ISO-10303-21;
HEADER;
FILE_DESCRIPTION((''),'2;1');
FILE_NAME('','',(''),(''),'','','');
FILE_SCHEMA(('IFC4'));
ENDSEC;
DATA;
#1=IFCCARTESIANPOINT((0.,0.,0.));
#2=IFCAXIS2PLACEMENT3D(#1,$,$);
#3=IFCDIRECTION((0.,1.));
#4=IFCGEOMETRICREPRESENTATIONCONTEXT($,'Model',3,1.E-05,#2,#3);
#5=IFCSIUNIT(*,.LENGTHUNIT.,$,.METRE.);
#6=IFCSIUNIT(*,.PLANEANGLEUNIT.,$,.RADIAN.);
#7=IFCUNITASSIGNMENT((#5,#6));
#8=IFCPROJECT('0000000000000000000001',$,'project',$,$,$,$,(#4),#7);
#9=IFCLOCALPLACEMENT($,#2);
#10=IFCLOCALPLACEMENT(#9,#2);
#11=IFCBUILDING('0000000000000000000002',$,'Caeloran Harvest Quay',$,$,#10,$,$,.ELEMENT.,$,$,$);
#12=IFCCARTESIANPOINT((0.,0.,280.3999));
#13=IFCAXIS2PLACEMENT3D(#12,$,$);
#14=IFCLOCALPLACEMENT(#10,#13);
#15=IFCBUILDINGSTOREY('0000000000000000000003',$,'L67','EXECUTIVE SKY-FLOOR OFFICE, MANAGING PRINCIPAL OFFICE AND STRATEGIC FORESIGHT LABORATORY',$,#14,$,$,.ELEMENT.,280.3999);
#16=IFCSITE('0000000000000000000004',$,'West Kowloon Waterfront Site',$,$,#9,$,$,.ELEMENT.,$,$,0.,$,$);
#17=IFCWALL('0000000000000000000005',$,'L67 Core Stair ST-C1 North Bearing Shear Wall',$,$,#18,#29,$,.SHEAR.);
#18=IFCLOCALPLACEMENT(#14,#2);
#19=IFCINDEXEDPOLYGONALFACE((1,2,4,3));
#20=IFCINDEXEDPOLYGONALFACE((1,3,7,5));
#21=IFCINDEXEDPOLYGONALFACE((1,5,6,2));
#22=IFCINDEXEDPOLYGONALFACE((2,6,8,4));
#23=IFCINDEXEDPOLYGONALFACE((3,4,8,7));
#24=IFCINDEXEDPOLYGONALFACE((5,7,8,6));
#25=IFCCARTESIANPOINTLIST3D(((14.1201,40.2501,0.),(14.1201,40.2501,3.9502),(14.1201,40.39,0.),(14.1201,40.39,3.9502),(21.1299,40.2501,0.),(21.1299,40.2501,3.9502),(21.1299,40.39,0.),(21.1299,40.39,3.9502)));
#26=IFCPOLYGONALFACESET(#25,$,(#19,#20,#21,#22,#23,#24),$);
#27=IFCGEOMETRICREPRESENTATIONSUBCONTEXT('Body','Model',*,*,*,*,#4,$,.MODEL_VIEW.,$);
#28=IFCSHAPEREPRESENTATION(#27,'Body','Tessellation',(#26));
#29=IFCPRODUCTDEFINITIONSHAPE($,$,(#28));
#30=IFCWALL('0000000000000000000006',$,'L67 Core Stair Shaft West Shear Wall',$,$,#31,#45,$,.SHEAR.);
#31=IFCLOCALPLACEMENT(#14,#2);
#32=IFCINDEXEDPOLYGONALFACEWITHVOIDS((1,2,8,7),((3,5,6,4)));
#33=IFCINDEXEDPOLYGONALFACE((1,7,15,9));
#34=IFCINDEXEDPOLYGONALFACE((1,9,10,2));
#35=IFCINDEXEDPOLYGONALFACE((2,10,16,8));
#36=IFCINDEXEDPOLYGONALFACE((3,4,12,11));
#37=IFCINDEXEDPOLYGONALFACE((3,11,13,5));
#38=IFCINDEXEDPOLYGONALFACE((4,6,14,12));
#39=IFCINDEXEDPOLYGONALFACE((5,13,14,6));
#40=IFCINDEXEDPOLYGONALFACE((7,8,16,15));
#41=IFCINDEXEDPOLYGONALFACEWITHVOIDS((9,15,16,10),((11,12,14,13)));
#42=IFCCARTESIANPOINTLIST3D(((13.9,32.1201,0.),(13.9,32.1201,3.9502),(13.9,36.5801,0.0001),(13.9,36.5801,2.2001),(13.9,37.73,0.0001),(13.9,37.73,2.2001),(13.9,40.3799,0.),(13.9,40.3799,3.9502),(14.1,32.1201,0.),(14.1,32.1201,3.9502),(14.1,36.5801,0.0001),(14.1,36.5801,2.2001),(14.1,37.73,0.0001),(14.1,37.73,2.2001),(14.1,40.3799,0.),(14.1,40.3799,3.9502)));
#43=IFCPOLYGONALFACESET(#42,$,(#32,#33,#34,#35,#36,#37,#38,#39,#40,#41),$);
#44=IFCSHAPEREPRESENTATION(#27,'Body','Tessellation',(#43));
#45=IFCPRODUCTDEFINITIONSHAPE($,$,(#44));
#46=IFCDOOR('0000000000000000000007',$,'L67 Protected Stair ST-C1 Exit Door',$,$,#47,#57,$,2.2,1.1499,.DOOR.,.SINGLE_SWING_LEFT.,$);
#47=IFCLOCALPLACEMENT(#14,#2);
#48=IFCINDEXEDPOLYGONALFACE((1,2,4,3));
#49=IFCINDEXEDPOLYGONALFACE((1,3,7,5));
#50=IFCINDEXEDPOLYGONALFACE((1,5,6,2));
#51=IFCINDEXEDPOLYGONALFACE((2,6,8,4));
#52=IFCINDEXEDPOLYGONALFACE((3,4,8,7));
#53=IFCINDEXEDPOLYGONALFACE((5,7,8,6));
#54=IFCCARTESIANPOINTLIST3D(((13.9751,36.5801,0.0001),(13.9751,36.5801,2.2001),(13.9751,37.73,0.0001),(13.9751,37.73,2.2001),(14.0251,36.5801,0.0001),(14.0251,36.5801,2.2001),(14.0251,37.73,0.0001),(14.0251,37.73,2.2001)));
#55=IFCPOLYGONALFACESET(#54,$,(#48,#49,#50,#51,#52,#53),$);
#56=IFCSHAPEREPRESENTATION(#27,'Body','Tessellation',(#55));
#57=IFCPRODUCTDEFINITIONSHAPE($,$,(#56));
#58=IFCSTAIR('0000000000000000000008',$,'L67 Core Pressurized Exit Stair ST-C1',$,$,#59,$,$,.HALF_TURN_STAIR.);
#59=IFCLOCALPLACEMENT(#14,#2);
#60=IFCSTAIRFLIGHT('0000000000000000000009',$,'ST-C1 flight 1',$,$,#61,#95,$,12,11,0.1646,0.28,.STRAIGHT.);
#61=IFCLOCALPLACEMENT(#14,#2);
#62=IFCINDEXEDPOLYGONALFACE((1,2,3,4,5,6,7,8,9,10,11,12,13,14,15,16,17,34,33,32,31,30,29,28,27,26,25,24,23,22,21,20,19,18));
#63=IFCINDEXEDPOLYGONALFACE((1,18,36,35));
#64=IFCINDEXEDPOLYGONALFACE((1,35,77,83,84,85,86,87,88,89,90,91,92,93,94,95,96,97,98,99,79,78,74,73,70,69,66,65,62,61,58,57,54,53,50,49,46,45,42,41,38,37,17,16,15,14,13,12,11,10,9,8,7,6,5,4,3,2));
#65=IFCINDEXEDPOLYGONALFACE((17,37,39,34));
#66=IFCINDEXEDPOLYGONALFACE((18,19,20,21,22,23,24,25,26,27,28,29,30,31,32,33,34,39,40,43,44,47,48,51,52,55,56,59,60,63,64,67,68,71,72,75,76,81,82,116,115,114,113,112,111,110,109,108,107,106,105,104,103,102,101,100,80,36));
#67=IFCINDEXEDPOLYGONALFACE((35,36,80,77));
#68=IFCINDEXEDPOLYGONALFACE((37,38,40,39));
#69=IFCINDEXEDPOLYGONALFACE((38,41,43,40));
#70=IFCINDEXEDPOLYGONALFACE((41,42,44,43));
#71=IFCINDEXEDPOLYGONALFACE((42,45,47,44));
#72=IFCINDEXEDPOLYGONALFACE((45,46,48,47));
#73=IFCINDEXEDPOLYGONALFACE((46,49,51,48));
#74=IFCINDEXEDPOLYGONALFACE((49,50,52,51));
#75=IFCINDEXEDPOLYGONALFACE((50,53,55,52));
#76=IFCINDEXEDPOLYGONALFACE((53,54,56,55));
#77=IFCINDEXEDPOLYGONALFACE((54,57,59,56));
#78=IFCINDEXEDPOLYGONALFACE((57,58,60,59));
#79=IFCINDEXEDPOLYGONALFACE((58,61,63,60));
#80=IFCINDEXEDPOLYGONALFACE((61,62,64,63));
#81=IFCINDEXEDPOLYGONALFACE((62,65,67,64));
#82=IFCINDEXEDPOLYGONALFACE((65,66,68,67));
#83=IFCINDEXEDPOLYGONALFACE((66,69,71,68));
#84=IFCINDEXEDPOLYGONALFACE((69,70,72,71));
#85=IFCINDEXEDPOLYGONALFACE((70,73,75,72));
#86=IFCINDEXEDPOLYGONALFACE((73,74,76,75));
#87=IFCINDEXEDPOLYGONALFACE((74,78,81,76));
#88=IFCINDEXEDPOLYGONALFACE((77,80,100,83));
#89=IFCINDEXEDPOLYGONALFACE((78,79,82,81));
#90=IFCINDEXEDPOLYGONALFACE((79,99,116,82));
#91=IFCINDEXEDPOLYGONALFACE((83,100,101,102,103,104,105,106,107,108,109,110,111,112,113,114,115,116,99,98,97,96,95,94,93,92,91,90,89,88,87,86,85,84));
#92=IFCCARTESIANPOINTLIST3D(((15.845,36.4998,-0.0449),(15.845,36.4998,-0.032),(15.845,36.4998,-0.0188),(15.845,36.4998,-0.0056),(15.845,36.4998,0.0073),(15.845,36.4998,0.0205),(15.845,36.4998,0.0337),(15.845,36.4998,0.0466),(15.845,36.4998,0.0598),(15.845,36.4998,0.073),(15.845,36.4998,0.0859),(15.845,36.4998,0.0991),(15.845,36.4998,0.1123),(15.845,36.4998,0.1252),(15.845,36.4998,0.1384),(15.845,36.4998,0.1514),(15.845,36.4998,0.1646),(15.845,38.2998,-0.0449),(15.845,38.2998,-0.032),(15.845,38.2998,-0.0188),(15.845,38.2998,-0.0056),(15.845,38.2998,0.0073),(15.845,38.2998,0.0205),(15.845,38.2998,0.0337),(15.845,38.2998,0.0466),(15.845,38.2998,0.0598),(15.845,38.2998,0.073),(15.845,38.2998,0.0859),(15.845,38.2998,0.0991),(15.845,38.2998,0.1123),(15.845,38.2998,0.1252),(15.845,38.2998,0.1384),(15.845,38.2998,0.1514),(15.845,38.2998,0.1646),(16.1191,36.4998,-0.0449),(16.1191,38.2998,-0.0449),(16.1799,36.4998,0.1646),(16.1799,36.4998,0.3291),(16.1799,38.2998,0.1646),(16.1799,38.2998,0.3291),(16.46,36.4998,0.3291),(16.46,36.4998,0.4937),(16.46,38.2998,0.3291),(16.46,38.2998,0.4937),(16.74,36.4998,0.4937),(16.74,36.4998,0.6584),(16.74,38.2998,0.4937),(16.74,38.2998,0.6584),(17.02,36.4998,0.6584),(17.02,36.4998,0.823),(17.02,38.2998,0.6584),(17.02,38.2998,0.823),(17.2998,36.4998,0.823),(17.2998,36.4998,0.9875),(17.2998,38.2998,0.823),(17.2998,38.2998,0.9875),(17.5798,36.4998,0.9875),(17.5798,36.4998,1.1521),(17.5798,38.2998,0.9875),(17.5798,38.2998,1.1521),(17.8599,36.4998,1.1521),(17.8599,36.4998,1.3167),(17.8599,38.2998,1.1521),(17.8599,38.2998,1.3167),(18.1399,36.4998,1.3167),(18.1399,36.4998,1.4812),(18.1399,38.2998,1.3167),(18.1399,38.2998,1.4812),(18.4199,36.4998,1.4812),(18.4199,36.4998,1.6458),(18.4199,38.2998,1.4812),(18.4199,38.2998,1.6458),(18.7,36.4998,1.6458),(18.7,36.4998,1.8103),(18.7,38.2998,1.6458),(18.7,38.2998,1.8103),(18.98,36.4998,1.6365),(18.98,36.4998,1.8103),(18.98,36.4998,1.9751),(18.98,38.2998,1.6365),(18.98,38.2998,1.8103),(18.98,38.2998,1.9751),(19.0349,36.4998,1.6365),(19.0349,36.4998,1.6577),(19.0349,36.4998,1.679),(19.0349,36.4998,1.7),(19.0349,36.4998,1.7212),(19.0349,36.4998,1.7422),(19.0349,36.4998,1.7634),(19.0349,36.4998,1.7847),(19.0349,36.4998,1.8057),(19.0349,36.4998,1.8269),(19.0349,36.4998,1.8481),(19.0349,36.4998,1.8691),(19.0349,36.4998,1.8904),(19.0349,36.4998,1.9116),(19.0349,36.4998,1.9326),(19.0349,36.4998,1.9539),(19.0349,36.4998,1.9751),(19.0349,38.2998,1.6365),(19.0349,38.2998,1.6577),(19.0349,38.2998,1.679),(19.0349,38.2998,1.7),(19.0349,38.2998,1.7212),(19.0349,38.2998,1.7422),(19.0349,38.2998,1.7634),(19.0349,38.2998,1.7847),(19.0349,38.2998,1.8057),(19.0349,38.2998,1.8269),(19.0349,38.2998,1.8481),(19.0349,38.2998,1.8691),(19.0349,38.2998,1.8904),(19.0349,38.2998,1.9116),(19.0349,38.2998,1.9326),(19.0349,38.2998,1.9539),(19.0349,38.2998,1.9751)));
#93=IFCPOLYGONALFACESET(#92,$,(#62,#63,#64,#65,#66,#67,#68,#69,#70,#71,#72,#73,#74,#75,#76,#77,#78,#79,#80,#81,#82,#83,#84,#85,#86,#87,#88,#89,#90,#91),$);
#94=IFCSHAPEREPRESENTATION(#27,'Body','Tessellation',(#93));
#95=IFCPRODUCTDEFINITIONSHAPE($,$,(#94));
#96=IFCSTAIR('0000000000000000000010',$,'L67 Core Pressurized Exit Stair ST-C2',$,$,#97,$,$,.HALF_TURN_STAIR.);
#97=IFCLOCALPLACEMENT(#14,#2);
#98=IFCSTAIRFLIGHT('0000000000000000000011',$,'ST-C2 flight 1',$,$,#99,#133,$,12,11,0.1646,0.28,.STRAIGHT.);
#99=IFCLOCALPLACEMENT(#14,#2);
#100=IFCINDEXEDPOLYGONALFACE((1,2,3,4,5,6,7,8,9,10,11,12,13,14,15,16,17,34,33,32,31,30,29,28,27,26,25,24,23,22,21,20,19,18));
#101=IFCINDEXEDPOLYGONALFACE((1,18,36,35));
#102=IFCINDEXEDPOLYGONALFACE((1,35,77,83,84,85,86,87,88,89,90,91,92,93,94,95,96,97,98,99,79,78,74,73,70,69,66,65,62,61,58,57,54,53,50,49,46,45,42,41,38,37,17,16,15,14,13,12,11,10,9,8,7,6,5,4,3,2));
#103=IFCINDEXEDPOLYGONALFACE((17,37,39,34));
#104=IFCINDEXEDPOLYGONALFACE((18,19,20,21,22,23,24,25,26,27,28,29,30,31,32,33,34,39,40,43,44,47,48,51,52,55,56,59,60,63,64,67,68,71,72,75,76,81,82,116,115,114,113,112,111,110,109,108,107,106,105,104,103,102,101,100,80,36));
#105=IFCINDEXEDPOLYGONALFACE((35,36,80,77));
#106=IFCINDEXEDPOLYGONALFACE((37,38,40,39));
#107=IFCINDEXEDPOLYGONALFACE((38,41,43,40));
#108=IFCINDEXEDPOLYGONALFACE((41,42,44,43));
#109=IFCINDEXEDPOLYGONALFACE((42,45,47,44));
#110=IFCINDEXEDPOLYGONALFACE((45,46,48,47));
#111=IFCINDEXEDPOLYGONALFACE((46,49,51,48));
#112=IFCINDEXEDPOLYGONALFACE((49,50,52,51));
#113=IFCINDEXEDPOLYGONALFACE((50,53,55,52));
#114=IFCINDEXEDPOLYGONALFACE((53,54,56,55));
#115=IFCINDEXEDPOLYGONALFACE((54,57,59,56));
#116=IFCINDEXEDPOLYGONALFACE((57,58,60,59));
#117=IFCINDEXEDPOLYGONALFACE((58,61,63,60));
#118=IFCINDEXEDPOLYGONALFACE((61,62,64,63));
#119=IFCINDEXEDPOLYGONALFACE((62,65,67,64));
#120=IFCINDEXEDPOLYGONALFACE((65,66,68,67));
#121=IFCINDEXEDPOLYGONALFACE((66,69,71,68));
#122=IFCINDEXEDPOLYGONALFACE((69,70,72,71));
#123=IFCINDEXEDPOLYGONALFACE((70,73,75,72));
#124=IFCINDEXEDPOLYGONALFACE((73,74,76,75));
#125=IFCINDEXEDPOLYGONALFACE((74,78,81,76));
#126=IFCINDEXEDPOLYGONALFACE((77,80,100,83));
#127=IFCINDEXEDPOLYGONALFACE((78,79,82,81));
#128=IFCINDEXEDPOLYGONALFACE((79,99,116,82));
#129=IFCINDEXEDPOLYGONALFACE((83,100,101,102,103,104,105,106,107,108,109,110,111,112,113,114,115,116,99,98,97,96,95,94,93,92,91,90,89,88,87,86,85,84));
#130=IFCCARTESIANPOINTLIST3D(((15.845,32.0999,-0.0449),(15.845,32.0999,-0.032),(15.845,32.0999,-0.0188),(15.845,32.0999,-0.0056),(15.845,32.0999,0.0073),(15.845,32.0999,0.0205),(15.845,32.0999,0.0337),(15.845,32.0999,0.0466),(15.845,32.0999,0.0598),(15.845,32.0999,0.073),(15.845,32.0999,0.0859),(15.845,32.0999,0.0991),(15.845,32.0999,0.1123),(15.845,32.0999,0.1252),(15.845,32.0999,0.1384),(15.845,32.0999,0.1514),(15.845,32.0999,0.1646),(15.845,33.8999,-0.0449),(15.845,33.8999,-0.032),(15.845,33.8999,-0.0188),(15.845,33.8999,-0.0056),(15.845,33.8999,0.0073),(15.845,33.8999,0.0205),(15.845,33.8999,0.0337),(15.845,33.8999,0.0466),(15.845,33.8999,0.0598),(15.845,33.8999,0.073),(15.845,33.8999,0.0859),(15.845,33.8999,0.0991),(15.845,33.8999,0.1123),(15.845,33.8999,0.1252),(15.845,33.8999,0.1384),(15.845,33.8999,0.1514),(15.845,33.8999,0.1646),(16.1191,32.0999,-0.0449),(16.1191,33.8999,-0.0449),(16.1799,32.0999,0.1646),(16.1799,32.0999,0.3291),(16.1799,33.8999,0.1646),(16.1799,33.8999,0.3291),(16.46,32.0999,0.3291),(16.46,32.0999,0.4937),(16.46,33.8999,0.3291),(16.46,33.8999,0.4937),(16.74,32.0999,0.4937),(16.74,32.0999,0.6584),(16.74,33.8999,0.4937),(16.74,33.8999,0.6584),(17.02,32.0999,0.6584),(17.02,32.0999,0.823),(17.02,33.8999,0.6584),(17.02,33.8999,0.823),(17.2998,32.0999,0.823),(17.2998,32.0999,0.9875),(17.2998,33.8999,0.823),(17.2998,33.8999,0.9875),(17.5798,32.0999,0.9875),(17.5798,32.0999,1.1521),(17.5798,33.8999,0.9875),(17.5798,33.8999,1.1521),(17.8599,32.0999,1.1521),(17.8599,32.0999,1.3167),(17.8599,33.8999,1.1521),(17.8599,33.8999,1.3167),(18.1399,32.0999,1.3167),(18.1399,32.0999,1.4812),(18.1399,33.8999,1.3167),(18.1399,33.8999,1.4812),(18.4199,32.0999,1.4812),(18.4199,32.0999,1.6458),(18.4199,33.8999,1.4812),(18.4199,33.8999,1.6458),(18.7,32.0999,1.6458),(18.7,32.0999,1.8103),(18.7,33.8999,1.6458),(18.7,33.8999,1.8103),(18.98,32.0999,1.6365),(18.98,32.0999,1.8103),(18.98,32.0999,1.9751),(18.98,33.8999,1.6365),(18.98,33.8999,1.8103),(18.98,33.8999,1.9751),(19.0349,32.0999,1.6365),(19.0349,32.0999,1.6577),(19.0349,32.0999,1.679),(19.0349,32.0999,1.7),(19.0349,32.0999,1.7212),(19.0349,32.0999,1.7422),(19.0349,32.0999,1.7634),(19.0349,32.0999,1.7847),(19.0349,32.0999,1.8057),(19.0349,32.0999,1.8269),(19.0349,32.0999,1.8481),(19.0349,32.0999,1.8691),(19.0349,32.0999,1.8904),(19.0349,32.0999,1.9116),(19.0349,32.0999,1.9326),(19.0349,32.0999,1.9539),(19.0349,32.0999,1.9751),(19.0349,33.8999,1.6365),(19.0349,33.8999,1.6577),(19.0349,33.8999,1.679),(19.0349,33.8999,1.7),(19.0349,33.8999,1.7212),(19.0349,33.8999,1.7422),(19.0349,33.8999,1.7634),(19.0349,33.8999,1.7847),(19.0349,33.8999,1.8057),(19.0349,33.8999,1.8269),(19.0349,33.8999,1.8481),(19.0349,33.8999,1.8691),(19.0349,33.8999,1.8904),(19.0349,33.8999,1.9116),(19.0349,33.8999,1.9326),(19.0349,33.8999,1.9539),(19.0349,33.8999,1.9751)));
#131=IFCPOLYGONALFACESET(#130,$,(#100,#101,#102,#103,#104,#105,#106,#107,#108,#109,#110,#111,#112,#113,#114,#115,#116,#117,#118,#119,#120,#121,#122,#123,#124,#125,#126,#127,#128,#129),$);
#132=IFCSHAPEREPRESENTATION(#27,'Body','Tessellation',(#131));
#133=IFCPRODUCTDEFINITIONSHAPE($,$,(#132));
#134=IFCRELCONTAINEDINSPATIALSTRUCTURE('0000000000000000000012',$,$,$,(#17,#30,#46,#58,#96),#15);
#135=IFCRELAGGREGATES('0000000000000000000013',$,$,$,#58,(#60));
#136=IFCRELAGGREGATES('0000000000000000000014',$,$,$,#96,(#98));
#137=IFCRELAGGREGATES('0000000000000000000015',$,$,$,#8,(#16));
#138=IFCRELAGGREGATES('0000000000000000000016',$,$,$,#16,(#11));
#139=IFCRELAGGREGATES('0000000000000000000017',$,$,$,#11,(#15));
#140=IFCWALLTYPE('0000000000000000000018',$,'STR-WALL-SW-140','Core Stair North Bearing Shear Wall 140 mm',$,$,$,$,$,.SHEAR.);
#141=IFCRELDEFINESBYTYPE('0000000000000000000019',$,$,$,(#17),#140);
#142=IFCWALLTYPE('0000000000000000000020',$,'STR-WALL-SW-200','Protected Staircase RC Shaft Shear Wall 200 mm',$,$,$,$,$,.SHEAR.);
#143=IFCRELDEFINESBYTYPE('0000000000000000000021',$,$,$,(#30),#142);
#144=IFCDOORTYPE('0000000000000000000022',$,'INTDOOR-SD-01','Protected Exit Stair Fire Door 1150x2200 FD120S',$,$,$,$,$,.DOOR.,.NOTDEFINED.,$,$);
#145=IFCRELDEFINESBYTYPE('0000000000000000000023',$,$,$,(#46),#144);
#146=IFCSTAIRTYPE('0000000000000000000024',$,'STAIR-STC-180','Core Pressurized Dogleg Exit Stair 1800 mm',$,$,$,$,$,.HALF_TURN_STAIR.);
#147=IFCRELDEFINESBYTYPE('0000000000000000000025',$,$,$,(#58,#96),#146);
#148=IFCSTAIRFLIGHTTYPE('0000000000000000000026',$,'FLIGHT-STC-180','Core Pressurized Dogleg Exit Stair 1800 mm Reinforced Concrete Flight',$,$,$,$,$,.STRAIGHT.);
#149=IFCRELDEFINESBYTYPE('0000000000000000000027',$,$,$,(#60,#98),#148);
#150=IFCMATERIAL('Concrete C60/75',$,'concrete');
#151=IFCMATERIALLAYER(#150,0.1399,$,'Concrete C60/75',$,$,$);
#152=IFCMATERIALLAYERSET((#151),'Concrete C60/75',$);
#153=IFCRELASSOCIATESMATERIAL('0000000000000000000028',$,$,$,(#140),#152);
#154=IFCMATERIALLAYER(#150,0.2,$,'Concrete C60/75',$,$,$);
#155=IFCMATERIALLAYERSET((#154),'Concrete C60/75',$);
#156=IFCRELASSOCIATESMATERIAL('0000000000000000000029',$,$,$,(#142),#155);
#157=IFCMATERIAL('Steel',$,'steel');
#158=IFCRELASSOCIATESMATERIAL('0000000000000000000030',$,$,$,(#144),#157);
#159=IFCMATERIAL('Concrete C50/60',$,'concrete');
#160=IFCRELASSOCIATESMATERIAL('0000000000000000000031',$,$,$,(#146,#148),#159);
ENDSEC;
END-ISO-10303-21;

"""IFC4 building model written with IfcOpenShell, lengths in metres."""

from ifc_helpers import new_model, si_unit, direction, frame, frame_2d, origin, place, context, subcontext, project, spatial, polyline, rectangle, outline, extrude, material, layer, layer_set, type_object, element, fill, aggregate, save


model = new_model("IFC4")

# Units and contexts
model_context = context("Model", 3, precision=1e-05, world=origin(), true_north=direction((0.0, 1.0)))
body_context = subcontext(model_context, "Body", "Model", "MODEL_VIEW")
ifc_project = project(units=[si_unit("LENGTHUNIT", "METRE"), si_unit("PLANEANGLEUNIT", "RADIAN")], contexts=[model_context])

# Site, building, storey
site_placement = place(None, origin())
site = spatial("IfcSite", under=ifc_project, at=site_placement, Name="West Kowloon Waterfront Site", CompositionType="ELEMENT", RefElevation=0.0)
building_placement = place(site_placement, origin())
building = spatial("IfcBuilding", under=site, at=building_placement, Name="Caeloran Harvest Quay", CompositionType="ELEMENT")
storey_placement = place(building_placement, frame((0.0, 0.0, 280.3999)))
storey = spatial("IfcBuildingStorey", under=building, at=storey_placement, Name="L67", Description="EXECUTIVE SKY-FLOOR OFFICE, MANAGING PRINCIPAL OFFICE AND STRATEGIC FORESIGHT LABORATORY", CompositionType="ELEMENT", Elevation=280.3999)

# Wall
ifc_material_1 = material(Name="Concrete C60/75", Category="concrete")
ifc_layer_1 = layer(ifc_material_1, 0.1399, Name="Concrete C60/75")
ifc_layer_set_1 = layer_set([ifc_layer_1], Name="Concrete C60/75")
wall_type_1 = type_object("IfcWallType", Name="STR-WALL-SW-140", Description="Core Stair North Bearing Shear Wall 140 mm", PredefinedType="SHEAR", material=ifc_layer_set_1)
wall_1_placement = place(storey_placement, frame((14.1201, 40.3201, 0.0), z_axis=(0.0, 0.0, 1.0), x_axis=(1.0, 0.0, 0.0)))
element("IfcWall", 1, at=wall_1_placement, inside=storey, type_object=wall_type_1, Name="L67 Core Stair ST-C1 North Bearing Shear Wall", PredefinedType="SHEAR", context=body_context, shape_type="SweptSolid", body=[
    extrude(rectangle(XDim=7.0098, YDim=0.1399, at=frame_2d((3.5049, 0.0))), origin(), (0.0, 0.0, 1.0), 3.9502),
])

# Wall, opening, door
ifc_layer_2 = layer(ifc_material_1, 0.2, Name="Concrete C60/75")
ifc_layer_set_2 = layer_set([ifc_layer_2], Name="Concrete C60/75")
wall_type_2 = type_object("IfcWallType", Name="STR-WALL-SW-200", Description="Protected Staircase RC Shaft Shear Wall 200 mm", PredefinedType="SHEAR", material=ifc_layer_set_2)
wall_2_placement = place(storey_placement, frame((14.0, 32.1201, 0.0), z_axis=(0.0, 0.0, 1.0), x_axis=(0.0, 1.0, 0.0)))
wall_2 = element("IfcWall", 2, at=wall_2_placement, inside=storey, type_object=wall_type_2, Name="L67 Core Stair Shaft West Shear Wall", PredefinedType="SHEAR", context=body_context, shape_type="SweptSolid", body=[
    extrude(rectangle(XDim=8.2598, YDim=0.2, at=frame_2d((4.1299, 0.0))), origin(), (0.0, 0.0, 1.0), 3.9502),
])
opening_1_placement = place(wall_2_placement, frame((4.46, 0.0, 0.0)))
opening_1 = element("IfcOpeningElement", 3, at=opening_1_placement, cuts=wall_2, PredefinedType="OPENING", context=body_context, shape_type="SweptSolid", body=[
    extrude(rectangle(XDim=1.1499, YDim=2.2, at=frame_2d((0.575, 1.1001))), frame((0.0, 0.1099, 0.0), z_axis=(0.0, -1.0, 0.0), x_axis=(1.0, 0.0, 0.0)), (0.0, 0.0, 1.0), 0.22),
])
ifc_material_2 = material(Name="Steel", Category="steel")
door_type_1 = type_object("IfcDoorType", Name="INTDOOR-SD-01", Description="Protected Exit Stair Fire Door 1150x2200 FD120S", OperationType="NOTDEFINED", PredefinedType="DOOR", material=ifc_material_2)
door_1_placement = place(opening_1_placement, origin())
door_1 = element("IfcDoor", 4, at=door_1_placement, inside=storey, type_object=door_type_1, Name="L67 Protected Stair ST-C1 Exit Door", OperationType="SINGLE_SWING_LEFT", OverallHeight=2.2, OverallWidth=1.1499, PredefinedType="DOOR", context=body_context, shape_type="SweptSolid", body=[
    extrude(rectangle(XDim=1.1499, YDim=2.2, at=frame_2d((0.575, 1.1001))), frame((0.0, 0.0249, 0.0), z_axis=(0.0, -1.0, 0.0), x_axis=(1.0, 0.0, 0.0)), (0.0, 0.0, 1.0), 0.05),
])
fill(opening_1, door_1)

# Stairs, stair flights
ifc_material_3 = material(Name="Concrete C50/60", Category="concrete")
stair_type = type_object("IfcStairType", Name="STAIR-STC-180", Description="Core Pressurized Dogleg Exit Stair 1800 mm", PredefinedType="HALF_TURN_STAIR", material=ifc_material_3)
stair_1_placement = place(storey_placement, origin())
stair_1 = element("IfcStair", 5, at=stair_1_placement, inside=storey, type_object=stair_type, Name="L67 Core Pressurized Exit Stair ST-C1", PredefinedType="HALF_TURN_STAIR")
stair_flight_type = type_object("IfcStairFlightType", Name="FLIGHT-STC-180", Description="Core Pressurized Dogleg Exit Stair 1800 mm Reinforced Concrete Flight", PredefinedType="STRAIGHT", material=ifc_material_3)
stair_flight_1_placement = place(storey_placement, frame((15.8999, 37.3999, 0.0), z_axis=(0.0, 0.0, 1.0), x_axis=(1.0, 0.0, 0.0)))
stair_flight_1 = element("IfcStairFlight", 6, at=stair_flight_1_placement, type_object=stair_flight_type, Name="ST-C1 flight 1", NumberOfRisers=12, NumberOfTreads=11, PredefinedType="STRAIGHT", RiserHeight=0.1646, TreadLength=0.28, context=body_context, shape_type="SweptSolid", body=[
    extrude(outline(polyline([(-0.0549, -0.0449), (-0.0549, -0.032), (-0.0549, -0.0188), (-0.0549, -0.0056), (-0.0549, 0.0073), (-0.0549, 0.0205), (-0.0549, 0.0337), (-0.0549, 0.0466), (-0.0549, 0.0598), (-0.0549, 0.073), (-0.0549, 0.0859), (-0.0549, 0.0991), (-0.0549, 0.1123), (-0.0549, 0.1252), (-0.0549, 0.1384), (-0.0549, 0.1514), (-0.0549, 0.1646), (0.28, 0.1646), (0.28, 0.3291), (0.5601, 0.3291), (0.5601, 0.4937), (0.8401, 0.4937), (0.8401, 0.6584), (1.1201, 0.6584), (1.1201, 0.823), (1.3999, 0.823), (1.3999, 0.9875), (1.6799, 0.9875), (1.6799, 1.1521), (1.96, 1.1521), (1.96, 1.3167), (2.24, 1.3167), (2.24, 1.4812), (2.52, 1.4812), (2.52, 1.6458), (2.8, 1.6458), (2.8, 1.8103), (3.0801, 1.8103), (3.0801, 1.9751), (3.135, 1.9751), (3.135, 1.9539), (3.135, 1.9326), (3.135, 1.9116), (3.135, 1.8904), (3.135, 1.8691), (3.135, 1.8481), (3.135, 1.8269), (3.135, 1.8057), (3.135, 1.7847), (3.135, 1.7634), (3.135, 1.7422), (3.135, 1.7212), (3.135, 1.7), (3.135, 1.679), (3.135, 1.6577), (3.135, 1.6365), (3.0801, 1.6365), (0.2192, -0.0449), (-0.0549, -0.0449)])), frame((0.0, 0.8999, 0.0), z_axis=(0.0, -1.0, 0.0), x_axis=(1.0, 0.0, 0.0)), (0.0, 0.0, 1.0), 1.8),
])
aggregate(stair_1, [stair_flight_1])
stair_2_placement = place(storey_placement, origin())
stair_2 = element("IfcStair", 7, at=stair_2_placement, inside=storey, type_object=stair_type, Name="L67 Core Pressurized Exit Stair ST-C2", PredefinedType="HALF_TURN_STAIR")
stair_flight_2_placement = place(storey_placement, frame((15.8999, 33.0, 0.0), z_axis=(0.0, 0.0, 1.0), x_axis=(1.0, 0.0, 0.0)))
stair_flight_2 = element("IfcStairFlight", 8, at=stair_flight_2_placement, type_object=stair_flight_type, Name="ST-C2 flight 1", NumberOfRisers=12, NumberOfTreads=11, PredefinedType="STRAIGHT", RiserHeight=0.1646, TreadLength=0.28, context=body_context, shape_type="SweptSolid", body=[
    extrude(outline(polyline([(-0.0549, -0.0449), (-0.0549, -0.032), (-0.0549, -0.0188), (-0.0549, -0.0056), (-0.0549, 0.0073), (-0.0549, 0.0205), (-0.0549, 0.0337), (-0.0549, 0.0466), (-0.0549, 0.0598), (-0.0549, 0.073), (-0.0549, 0.0859), (-0.0549, 0.0991), (-0.0549, 0.1123), (-0.0549, 0.1252), (-0.0549, 0.1384), (-0.0549, 0.1514), (-0.0549, 0.1646), (0.28, 0.1646), (0.28, 0.3291), (0.5601, 0.3291), (0.5601, 0.4937), (0.8401, 0.4937), (0.8401, 0.6584), (1.1201, 0.6584), (1.1201, 0.823), (1.3999, 0.823), (1.3999, 0.9875), (1.6799, 0.9875), (1.6799, 1.1521), (1.96, 1.1521), (1.96, 1.3167), (2.24, 1.3167), (2.24, 1.4812), (2.52, 1.4812), (2.52, 1.6458), (2.8, 1.6458), (2.8, 1.8103), (3.0801, 1.8103), (3.0801, 1.9751), (3.135, 1.9751), (3.135, 1.9539), (3.135, 1.9326), (3.135, 1.9116), (3.135, 1.8904), (3.135, 1.8691), (3.135, 1.8481), (3.135, 1.8269), (3.135, 1.8057), (3.135, 1.7847), (3.135, 1.7634), (3.135, 1.7422), (3.135, 1.7212), (3.135, 1.7), (3.135, 1.679), (3.135, 1.6577), (3.135, 1.6365), (3.0801, 1.6365), (0.2192, -0.0449), (-0.0549, -0.0449)])), frame((0.0, 0.8999, 0.0), z_axis=(0.0, -1.0, 0.0), x_axis=(1.0, 0.0, 0.0)), (0.0, 0.0, 1.0), 1.8),
])
aggregate(stair_2, [stair_flight_2])

save(model, "model.ifc")
